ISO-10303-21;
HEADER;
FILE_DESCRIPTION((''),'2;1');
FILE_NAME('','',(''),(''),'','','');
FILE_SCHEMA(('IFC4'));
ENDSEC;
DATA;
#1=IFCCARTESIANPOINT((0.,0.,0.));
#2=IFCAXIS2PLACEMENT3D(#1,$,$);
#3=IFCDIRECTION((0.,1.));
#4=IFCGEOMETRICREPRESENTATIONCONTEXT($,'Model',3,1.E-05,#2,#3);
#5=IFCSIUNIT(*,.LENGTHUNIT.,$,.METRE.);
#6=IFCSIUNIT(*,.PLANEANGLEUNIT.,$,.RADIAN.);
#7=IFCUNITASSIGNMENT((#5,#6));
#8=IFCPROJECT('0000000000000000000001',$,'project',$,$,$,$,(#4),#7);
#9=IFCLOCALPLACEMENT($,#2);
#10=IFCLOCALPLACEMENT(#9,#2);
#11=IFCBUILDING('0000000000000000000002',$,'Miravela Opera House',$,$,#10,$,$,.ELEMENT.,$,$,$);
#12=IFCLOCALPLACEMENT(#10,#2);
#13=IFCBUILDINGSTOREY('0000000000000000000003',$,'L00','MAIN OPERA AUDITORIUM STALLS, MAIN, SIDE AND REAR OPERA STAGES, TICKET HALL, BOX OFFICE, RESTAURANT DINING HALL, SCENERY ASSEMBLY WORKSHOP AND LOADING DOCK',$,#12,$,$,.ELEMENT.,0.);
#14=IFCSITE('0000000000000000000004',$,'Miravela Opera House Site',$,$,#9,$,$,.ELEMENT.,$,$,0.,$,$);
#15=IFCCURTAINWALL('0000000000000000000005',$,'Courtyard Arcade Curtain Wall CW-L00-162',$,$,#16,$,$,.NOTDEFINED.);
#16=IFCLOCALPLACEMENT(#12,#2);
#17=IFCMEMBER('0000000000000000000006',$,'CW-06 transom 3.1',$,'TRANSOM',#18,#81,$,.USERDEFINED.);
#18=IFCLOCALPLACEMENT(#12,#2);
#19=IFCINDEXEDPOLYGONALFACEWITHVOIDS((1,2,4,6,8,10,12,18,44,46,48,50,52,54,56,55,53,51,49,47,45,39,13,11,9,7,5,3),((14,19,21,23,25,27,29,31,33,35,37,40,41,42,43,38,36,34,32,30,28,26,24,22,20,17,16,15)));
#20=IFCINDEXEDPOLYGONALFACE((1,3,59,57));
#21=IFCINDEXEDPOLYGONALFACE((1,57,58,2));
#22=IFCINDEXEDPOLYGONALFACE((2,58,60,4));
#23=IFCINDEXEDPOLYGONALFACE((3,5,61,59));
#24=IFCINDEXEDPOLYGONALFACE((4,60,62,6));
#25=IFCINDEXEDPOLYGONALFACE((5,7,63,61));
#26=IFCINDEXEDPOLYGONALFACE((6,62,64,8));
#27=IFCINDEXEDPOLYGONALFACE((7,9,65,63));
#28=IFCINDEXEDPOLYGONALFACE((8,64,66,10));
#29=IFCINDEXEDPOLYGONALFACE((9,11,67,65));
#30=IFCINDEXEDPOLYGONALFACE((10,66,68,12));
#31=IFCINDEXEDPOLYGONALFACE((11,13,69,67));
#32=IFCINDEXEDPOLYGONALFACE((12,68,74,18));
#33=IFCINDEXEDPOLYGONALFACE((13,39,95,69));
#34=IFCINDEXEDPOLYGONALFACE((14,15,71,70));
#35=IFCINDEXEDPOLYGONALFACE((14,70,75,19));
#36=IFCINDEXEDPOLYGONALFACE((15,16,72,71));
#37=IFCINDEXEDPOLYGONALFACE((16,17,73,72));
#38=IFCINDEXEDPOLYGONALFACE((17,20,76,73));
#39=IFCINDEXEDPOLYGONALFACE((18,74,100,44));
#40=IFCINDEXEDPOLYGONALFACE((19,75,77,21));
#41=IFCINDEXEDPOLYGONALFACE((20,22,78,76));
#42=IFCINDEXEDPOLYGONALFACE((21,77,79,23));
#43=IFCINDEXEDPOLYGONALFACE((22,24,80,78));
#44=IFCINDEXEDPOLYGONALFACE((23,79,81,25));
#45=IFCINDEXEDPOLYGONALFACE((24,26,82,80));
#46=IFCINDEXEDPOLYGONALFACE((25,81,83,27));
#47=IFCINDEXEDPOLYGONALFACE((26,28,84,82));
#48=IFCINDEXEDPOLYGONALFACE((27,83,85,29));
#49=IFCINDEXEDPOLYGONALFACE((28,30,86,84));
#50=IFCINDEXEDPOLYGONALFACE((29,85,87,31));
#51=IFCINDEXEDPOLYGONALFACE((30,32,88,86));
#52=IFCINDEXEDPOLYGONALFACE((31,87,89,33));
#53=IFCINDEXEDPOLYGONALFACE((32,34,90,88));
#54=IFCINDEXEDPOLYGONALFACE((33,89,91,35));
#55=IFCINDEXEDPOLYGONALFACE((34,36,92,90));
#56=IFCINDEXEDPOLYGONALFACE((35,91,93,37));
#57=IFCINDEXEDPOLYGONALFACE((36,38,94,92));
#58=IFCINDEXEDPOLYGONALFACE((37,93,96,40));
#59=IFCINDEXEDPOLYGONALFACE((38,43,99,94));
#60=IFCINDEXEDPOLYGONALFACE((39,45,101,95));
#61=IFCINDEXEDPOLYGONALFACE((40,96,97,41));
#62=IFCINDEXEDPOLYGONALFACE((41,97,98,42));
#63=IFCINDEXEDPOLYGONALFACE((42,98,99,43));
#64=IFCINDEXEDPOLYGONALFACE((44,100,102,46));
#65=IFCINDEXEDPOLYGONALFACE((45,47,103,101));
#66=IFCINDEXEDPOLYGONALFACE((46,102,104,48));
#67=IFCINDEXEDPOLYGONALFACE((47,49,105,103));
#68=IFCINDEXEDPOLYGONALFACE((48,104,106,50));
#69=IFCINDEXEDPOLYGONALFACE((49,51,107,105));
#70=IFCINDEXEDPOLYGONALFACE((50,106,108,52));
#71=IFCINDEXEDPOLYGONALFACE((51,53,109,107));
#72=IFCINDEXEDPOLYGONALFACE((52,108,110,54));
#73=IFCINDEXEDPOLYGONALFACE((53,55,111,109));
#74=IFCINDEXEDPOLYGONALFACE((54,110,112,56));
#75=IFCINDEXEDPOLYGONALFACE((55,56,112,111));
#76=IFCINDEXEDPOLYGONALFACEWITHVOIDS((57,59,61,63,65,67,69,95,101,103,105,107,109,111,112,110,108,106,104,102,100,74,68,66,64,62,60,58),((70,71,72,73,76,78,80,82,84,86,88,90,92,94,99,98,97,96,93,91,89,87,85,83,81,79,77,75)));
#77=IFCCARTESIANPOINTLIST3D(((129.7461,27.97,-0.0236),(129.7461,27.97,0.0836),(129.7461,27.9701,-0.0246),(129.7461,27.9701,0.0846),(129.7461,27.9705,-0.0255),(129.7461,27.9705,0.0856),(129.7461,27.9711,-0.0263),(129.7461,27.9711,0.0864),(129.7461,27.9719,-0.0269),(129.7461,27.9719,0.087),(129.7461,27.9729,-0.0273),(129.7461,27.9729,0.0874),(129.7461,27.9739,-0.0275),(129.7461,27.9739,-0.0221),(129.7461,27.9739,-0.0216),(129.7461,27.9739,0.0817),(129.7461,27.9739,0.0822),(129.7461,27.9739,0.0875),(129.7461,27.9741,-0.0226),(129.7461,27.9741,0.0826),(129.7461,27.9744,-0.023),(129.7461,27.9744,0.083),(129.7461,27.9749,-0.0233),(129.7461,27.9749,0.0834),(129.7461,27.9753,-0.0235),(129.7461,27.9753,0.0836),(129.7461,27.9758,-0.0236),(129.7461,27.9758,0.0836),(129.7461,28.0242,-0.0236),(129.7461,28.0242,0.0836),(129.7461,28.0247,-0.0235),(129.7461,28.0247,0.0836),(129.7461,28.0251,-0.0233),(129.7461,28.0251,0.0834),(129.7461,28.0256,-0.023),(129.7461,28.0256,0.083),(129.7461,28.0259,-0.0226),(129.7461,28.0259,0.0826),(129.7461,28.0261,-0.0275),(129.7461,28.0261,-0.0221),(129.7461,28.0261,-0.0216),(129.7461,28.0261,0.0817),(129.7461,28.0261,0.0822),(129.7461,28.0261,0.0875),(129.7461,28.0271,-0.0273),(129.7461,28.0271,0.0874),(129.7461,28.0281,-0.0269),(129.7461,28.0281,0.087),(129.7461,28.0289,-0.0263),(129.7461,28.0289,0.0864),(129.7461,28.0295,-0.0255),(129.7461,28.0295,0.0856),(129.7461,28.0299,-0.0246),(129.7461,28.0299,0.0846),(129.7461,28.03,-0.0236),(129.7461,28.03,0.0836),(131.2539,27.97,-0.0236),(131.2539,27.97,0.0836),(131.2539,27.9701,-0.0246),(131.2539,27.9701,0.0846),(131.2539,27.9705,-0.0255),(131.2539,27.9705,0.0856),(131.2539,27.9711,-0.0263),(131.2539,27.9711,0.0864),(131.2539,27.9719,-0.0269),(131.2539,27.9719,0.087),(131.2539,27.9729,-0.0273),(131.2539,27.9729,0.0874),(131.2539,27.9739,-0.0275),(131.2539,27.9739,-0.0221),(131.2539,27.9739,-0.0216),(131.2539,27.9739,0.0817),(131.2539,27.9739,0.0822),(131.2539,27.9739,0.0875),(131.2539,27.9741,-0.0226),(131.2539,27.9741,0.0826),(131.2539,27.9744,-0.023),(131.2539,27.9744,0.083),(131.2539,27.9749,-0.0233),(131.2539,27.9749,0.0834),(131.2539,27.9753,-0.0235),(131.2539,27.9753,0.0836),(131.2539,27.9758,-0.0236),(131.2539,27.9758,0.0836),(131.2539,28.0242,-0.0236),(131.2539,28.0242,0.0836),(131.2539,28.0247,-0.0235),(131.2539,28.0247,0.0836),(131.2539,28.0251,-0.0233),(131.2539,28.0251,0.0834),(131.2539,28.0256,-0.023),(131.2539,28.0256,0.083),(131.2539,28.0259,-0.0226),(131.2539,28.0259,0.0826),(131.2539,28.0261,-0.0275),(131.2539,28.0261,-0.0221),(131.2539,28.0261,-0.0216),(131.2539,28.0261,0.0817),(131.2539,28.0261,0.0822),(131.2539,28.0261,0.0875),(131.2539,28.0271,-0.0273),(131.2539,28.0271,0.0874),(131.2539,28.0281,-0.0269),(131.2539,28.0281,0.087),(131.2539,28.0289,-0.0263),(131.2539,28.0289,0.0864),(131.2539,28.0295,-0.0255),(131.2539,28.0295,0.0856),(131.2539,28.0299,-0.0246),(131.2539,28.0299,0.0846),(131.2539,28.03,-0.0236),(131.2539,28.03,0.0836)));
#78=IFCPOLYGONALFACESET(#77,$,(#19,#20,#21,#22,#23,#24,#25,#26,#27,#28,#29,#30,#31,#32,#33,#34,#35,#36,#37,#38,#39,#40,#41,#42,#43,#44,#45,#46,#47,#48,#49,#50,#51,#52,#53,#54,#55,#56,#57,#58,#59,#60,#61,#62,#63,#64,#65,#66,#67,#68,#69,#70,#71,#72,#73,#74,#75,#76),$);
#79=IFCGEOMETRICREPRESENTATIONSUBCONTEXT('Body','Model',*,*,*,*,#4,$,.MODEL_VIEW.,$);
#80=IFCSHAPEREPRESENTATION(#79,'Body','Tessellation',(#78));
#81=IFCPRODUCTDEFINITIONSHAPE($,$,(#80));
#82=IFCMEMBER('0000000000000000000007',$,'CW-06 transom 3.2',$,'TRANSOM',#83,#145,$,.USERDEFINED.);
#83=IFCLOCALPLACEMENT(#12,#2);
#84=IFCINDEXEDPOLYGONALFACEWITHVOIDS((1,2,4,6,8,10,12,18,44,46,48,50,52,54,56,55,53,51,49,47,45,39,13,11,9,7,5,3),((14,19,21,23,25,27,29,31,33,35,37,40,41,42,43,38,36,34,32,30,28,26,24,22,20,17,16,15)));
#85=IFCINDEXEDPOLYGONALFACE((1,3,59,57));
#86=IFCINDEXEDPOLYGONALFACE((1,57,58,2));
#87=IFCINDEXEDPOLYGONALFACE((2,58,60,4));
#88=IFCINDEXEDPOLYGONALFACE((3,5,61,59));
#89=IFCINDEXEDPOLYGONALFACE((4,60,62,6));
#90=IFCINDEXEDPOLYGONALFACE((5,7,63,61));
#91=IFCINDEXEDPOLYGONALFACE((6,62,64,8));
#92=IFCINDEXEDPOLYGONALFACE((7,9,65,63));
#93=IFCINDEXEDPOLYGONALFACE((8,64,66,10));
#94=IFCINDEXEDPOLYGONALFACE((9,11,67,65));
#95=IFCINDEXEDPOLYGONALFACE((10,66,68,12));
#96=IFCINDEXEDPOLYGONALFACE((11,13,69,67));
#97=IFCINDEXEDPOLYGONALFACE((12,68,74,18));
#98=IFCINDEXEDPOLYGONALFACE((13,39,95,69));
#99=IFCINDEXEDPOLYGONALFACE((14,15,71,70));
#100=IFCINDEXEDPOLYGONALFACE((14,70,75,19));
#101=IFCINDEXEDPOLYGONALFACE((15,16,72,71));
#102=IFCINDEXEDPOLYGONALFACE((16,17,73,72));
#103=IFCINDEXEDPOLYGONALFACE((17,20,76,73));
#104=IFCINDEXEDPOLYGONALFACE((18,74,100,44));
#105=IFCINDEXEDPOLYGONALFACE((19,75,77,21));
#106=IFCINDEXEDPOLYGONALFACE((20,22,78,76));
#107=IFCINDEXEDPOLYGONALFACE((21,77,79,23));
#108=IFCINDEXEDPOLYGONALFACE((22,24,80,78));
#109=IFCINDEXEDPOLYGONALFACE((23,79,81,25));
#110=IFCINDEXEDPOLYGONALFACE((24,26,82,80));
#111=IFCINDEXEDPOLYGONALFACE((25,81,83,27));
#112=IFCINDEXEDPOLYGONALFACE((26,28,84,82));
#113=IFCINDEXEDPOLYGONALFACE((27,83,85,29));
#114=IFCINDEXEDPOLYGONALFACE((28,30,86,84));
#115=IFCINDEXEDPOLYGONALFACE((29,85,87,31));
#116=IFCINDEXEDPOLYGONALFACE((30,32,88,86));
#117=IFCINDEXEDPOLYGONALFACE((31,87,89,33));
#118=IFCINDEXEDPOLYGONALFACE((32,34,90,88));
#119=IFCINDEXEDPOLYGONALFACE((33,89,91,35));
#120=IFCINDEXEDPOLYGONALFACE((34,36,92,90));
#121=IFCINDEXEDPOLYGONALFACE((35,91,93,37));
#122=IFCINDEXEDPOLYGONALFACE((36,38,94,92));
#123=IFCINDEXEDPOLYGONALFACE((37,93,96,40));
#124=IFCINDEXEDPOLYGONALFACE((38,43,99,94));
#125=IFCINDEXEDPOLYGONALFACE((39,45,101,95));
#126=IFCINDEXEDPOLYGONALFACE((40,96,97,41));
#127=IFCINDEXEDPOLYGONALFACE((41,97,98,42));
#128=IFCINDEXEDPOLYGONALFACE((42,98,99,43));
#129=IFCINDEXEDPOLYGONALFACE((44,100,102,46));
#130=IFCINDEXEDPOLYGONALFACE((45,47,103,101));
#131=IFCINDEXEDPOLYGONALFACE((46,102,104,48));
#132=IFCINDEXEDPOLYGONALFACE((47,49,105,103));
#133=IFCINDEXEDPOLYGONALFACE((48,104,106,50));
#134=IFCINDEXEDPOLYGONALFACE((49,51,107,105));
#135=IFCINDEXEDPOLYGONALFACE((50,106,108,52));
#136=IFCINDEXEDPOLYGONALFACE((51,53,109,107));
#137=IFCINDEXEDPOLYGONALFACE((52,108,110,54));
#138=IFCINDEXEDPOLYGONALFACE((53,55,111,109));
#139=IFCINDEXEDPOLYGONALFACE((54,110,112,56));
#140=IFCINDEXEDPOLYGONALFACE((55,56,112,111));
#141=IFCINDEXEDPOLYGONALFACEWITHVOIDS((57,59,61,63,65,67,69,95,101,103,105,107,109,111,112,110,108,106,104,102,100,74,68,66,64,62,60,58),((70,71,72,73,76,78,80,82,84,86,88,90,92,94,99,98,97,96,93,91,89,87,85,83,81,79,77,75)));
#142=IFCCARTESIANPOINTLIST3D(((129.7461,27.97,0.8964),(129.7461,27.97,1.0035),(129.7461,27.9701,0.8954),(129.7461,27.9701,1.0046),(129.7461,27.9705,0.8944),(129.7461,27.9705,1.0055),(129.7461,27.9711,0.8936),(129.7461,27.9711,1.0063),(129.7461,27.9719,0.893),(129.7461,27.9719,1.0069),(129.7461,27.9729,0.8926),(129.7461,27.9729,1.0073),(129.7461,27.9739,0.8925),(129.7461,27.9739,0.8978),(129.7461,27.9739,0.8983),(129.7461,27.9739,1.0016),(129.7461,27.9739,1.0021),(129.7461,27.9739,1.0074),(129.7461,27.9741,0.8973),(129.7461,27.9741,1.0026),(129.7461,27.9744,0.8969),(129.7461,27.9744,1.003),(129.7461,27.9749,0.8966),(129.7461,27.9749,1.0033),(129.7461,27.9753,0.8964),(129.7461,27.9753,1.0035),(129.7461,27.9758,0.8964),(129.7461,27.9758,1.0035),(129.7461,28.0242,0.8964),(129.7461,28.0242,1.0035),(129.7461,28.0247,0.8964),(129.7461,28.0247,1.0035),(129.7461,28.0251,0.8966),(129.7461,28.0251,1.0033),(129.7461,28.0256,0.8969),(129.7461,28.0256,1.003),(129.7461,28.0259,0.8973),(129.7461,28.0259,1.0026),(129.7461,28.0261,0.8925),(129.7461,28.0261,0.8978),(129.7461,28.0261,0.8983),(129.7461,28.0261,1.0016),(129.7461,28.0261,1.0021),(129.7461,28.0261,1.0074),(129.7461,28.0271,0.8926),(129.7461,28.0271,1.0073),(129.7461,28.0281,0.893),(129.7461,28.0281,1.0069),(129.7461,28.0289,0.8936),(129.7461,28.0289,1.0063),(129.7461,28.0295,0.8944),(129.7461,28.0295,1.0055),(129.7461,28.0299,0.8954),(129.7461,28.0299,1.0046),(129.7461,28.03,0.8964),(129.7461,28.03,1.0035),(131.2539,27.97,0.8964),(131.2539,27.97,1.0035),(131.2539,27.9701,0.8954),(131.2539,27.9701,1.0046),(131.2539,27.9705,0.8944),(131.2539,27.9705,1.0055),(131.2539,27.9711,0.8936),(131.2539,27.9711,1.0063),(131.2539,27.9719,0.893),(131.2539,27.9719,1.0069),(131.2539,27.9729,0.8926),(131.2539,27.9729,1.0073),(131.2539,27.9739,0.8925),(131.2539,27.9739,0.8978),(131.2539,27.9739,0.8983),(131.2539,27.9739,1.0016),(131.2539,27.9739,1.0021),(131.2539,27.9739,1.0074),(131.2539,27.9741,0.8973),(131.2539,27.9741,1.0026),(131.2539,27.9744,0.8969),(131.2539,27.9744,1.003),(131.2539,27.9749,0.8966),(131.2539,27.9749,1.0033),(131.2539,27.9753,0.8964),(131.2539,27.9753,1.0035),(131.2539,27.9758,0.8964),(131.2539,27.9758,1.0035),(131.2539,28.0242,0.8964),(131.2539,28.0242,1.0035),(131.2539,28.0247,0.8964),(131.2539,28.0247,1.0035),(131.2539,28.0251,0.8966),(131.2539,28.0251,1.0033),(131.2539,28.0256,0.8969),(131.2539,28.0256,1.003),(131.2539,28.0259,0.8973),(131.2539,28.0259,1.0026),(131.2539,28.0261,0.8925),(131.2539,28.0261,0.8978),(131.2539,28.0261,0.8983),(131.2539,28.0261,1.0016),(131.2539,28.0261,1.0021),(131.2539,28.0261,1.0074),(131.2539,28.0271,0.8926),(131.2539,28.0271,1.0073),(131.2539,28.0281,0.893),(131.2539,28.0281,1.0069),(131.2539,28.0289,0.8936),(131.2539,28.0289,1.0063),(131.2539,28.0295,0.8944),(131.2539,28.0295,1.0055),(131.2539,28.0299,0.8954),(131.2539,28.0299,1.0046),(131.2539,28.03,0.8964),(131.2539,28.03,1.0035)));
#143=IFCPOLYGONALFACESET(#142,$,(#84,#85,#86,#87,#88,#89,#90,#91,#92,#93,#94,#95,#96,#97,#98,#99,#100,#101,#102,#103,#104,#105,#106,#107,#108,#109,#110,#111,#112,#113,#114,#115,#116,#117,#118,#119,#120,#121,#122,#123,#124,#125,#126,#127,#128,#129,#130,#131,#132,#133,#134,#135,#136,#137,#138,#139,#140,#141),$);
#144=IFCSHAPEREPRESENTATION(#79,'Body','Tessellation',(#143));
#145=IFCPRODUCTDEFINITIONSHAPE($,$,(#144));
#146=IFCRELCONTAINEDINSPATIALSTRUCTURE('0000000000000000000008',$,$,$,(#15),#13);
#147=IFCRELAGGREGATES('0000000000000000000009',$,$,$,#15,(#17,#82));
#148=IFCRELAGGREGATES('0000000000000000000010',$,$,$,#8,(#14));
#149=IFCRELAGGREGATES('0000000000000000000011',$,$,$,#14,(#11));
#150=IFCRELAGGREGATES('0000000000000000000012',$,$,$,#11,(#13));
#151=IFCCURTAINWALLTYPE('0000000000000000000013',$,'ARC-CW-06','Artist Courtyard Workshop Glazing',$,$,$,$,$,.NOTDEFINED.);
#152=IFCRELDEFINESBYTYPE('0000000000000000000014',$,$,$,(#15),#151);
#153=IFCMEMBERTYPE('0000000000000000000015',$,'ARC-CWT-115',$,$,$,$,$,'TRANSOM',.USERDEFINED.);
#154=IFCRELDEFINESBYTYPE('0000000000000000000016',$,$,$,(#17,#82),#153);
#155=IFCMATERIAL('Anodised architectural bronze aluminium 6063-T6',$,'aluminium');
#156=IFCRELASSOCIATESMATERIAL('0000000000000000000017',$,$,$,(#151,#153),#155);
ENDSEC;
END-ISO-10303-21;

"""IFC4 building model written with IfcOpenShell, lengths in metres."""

from ifc_helpers import new_model, si_unit, direction, frame, origin, origin_2d, place, context, subcontext, project, spatial, hollow_rectangle, extrude, material, material_profile, profile_set, type_object, element, aggregate, save


model = new_model("IFC4")

# Units and contexts
model_context = context("Model", 3, precision=1e-05, world=origin(), true_north=direction((0.0, 1.0)))
body_context = subcontext(model_context, "Body", "Model", "MODEL_VIEW")
ifc_project = project(units=[si_unit("LENGTHUNIT", "METRE"), si_unit("PLANEANGLEUNIT", "RADIAN")], contexts=[model_context])

# Site, building, storey
site_placement = place(None, origin())
site = spatial("IfcSite", under=ifc_project, at=site_placement, Name="Miravela Opera House Site", CompositionType="ELEMENT", RefElevation=0.0)
building_placement = place(site_placement, origin())
building = spatial("IfcBuilding", under=site, at=building_placement, Name="Miravela Opera House", CompositionType="ELEMENT")
storey_placement = place(building_placement, origin())
storey = spatial("IfcBuildingStorey", under=building, at=storey_placement, Name="L00", Description="MAIN OPERA AUDITORIUM STALLS, MAIN, SIDE AND REAR OPERA STAGES, TICKET HALL, BOX OFFICE, RESTAURANT DINING HALL, SCENERY ASSEMBLY WORKSHOP AND LOADING DOCK", CompositionType="ELEMENT", Elevation=0.0)

# Shared definitions
ifc_material_1 = material(Name="Anodised architectural bronze aluminium 6063-T6", Category="aluminium")
curtain_wall_type = type_object("IfcCurtainWallType", Name="ARC-CW-06", Description="Artist Courtyard Workshop Glazing", PredefinedType="NOTDEFINED", material=ifc_material_1)

# Curtain wall, members
curtain_wall_1_placement = place(storey_placement, origin())
curtain_wall_1 = element("IfcCurtainWall", 1, at=curtain_wall_1_placement, inside=storey, type_object=curtain_wall_type, Name="Courtyard Arcade Curtain Wall CW-L00-162", PredefinedType="NOTDEFINED")
ifc_material_profile_1 = material_profile(ifc_material_1, hollow_rectangle(XDim=0.0601, YDim=0.115, WallThickness=0.0039, InnerFilletRadius=0.002, OuterFilletRadius=0.0039, at=origin_2d()), Name="CWT-60X115")
ifc_profile_set_1 = profile_set([ifc_material_profile_1])
member_type_1 = type_object("IfcMemberType", Name="ARC-CWT-115", ElementType="TRANSOM", PredefinedType="USERDEFINED", material=ifc_profile_set_1)
member_1_placement = place(storey_placement, frame((129.7461, 28.0, 0.03), z_axis=(1.0, 0.0, 0.0), x_axis=(0.0, 1.0, 0.0)))
member_1 = element("IfcMember", 2, at=member_1_placement, type_object=member_type_1, Name="CW-06 transom 3.1", ObjectType="TRANSOM", PredefinedType="USERDEFINED", context=body_context, shape_type="SweptSolid", body=[
    extrude(hollow_rectangle(XDim=0.0601, YDim=0.115, WallThickness=0.0039, InnerFilletRadius=0.002, OuterFilletRadius=0.0039, at=origin_2d()), origin(), (0.0, 0.0, 1.0), 1.5078),
])
member_2_placement = place(storey_placement, frame((129.7461, 28.0, 0.95), z_axis=(1.0, 0.0, 0.0), x_axis=(0.0, 1.0, 0.0)))
member_2 = element("IfcMember", 3, at=member_2_placement, type_object=member_type_1, Name="CW-06 transom 3.2", ObjectType="TRANSOM", PredefinedType="USERDEFINED", context=body_context, shape_type="SweptSolid", body=[
    extrude(hollow_rectangle(XDim=0.0601, YDim=0.115, WallThickness=0.0039, InnerFilletRadius=0.002, OuterFilletRadius=0.0039, at=origin_2d()), origin(), (0.0, 0.0, 1.0), 1.5078),
])

aggregate(curtain_wall_1, [member_1, member_2])

save(model, "model.ifc")
